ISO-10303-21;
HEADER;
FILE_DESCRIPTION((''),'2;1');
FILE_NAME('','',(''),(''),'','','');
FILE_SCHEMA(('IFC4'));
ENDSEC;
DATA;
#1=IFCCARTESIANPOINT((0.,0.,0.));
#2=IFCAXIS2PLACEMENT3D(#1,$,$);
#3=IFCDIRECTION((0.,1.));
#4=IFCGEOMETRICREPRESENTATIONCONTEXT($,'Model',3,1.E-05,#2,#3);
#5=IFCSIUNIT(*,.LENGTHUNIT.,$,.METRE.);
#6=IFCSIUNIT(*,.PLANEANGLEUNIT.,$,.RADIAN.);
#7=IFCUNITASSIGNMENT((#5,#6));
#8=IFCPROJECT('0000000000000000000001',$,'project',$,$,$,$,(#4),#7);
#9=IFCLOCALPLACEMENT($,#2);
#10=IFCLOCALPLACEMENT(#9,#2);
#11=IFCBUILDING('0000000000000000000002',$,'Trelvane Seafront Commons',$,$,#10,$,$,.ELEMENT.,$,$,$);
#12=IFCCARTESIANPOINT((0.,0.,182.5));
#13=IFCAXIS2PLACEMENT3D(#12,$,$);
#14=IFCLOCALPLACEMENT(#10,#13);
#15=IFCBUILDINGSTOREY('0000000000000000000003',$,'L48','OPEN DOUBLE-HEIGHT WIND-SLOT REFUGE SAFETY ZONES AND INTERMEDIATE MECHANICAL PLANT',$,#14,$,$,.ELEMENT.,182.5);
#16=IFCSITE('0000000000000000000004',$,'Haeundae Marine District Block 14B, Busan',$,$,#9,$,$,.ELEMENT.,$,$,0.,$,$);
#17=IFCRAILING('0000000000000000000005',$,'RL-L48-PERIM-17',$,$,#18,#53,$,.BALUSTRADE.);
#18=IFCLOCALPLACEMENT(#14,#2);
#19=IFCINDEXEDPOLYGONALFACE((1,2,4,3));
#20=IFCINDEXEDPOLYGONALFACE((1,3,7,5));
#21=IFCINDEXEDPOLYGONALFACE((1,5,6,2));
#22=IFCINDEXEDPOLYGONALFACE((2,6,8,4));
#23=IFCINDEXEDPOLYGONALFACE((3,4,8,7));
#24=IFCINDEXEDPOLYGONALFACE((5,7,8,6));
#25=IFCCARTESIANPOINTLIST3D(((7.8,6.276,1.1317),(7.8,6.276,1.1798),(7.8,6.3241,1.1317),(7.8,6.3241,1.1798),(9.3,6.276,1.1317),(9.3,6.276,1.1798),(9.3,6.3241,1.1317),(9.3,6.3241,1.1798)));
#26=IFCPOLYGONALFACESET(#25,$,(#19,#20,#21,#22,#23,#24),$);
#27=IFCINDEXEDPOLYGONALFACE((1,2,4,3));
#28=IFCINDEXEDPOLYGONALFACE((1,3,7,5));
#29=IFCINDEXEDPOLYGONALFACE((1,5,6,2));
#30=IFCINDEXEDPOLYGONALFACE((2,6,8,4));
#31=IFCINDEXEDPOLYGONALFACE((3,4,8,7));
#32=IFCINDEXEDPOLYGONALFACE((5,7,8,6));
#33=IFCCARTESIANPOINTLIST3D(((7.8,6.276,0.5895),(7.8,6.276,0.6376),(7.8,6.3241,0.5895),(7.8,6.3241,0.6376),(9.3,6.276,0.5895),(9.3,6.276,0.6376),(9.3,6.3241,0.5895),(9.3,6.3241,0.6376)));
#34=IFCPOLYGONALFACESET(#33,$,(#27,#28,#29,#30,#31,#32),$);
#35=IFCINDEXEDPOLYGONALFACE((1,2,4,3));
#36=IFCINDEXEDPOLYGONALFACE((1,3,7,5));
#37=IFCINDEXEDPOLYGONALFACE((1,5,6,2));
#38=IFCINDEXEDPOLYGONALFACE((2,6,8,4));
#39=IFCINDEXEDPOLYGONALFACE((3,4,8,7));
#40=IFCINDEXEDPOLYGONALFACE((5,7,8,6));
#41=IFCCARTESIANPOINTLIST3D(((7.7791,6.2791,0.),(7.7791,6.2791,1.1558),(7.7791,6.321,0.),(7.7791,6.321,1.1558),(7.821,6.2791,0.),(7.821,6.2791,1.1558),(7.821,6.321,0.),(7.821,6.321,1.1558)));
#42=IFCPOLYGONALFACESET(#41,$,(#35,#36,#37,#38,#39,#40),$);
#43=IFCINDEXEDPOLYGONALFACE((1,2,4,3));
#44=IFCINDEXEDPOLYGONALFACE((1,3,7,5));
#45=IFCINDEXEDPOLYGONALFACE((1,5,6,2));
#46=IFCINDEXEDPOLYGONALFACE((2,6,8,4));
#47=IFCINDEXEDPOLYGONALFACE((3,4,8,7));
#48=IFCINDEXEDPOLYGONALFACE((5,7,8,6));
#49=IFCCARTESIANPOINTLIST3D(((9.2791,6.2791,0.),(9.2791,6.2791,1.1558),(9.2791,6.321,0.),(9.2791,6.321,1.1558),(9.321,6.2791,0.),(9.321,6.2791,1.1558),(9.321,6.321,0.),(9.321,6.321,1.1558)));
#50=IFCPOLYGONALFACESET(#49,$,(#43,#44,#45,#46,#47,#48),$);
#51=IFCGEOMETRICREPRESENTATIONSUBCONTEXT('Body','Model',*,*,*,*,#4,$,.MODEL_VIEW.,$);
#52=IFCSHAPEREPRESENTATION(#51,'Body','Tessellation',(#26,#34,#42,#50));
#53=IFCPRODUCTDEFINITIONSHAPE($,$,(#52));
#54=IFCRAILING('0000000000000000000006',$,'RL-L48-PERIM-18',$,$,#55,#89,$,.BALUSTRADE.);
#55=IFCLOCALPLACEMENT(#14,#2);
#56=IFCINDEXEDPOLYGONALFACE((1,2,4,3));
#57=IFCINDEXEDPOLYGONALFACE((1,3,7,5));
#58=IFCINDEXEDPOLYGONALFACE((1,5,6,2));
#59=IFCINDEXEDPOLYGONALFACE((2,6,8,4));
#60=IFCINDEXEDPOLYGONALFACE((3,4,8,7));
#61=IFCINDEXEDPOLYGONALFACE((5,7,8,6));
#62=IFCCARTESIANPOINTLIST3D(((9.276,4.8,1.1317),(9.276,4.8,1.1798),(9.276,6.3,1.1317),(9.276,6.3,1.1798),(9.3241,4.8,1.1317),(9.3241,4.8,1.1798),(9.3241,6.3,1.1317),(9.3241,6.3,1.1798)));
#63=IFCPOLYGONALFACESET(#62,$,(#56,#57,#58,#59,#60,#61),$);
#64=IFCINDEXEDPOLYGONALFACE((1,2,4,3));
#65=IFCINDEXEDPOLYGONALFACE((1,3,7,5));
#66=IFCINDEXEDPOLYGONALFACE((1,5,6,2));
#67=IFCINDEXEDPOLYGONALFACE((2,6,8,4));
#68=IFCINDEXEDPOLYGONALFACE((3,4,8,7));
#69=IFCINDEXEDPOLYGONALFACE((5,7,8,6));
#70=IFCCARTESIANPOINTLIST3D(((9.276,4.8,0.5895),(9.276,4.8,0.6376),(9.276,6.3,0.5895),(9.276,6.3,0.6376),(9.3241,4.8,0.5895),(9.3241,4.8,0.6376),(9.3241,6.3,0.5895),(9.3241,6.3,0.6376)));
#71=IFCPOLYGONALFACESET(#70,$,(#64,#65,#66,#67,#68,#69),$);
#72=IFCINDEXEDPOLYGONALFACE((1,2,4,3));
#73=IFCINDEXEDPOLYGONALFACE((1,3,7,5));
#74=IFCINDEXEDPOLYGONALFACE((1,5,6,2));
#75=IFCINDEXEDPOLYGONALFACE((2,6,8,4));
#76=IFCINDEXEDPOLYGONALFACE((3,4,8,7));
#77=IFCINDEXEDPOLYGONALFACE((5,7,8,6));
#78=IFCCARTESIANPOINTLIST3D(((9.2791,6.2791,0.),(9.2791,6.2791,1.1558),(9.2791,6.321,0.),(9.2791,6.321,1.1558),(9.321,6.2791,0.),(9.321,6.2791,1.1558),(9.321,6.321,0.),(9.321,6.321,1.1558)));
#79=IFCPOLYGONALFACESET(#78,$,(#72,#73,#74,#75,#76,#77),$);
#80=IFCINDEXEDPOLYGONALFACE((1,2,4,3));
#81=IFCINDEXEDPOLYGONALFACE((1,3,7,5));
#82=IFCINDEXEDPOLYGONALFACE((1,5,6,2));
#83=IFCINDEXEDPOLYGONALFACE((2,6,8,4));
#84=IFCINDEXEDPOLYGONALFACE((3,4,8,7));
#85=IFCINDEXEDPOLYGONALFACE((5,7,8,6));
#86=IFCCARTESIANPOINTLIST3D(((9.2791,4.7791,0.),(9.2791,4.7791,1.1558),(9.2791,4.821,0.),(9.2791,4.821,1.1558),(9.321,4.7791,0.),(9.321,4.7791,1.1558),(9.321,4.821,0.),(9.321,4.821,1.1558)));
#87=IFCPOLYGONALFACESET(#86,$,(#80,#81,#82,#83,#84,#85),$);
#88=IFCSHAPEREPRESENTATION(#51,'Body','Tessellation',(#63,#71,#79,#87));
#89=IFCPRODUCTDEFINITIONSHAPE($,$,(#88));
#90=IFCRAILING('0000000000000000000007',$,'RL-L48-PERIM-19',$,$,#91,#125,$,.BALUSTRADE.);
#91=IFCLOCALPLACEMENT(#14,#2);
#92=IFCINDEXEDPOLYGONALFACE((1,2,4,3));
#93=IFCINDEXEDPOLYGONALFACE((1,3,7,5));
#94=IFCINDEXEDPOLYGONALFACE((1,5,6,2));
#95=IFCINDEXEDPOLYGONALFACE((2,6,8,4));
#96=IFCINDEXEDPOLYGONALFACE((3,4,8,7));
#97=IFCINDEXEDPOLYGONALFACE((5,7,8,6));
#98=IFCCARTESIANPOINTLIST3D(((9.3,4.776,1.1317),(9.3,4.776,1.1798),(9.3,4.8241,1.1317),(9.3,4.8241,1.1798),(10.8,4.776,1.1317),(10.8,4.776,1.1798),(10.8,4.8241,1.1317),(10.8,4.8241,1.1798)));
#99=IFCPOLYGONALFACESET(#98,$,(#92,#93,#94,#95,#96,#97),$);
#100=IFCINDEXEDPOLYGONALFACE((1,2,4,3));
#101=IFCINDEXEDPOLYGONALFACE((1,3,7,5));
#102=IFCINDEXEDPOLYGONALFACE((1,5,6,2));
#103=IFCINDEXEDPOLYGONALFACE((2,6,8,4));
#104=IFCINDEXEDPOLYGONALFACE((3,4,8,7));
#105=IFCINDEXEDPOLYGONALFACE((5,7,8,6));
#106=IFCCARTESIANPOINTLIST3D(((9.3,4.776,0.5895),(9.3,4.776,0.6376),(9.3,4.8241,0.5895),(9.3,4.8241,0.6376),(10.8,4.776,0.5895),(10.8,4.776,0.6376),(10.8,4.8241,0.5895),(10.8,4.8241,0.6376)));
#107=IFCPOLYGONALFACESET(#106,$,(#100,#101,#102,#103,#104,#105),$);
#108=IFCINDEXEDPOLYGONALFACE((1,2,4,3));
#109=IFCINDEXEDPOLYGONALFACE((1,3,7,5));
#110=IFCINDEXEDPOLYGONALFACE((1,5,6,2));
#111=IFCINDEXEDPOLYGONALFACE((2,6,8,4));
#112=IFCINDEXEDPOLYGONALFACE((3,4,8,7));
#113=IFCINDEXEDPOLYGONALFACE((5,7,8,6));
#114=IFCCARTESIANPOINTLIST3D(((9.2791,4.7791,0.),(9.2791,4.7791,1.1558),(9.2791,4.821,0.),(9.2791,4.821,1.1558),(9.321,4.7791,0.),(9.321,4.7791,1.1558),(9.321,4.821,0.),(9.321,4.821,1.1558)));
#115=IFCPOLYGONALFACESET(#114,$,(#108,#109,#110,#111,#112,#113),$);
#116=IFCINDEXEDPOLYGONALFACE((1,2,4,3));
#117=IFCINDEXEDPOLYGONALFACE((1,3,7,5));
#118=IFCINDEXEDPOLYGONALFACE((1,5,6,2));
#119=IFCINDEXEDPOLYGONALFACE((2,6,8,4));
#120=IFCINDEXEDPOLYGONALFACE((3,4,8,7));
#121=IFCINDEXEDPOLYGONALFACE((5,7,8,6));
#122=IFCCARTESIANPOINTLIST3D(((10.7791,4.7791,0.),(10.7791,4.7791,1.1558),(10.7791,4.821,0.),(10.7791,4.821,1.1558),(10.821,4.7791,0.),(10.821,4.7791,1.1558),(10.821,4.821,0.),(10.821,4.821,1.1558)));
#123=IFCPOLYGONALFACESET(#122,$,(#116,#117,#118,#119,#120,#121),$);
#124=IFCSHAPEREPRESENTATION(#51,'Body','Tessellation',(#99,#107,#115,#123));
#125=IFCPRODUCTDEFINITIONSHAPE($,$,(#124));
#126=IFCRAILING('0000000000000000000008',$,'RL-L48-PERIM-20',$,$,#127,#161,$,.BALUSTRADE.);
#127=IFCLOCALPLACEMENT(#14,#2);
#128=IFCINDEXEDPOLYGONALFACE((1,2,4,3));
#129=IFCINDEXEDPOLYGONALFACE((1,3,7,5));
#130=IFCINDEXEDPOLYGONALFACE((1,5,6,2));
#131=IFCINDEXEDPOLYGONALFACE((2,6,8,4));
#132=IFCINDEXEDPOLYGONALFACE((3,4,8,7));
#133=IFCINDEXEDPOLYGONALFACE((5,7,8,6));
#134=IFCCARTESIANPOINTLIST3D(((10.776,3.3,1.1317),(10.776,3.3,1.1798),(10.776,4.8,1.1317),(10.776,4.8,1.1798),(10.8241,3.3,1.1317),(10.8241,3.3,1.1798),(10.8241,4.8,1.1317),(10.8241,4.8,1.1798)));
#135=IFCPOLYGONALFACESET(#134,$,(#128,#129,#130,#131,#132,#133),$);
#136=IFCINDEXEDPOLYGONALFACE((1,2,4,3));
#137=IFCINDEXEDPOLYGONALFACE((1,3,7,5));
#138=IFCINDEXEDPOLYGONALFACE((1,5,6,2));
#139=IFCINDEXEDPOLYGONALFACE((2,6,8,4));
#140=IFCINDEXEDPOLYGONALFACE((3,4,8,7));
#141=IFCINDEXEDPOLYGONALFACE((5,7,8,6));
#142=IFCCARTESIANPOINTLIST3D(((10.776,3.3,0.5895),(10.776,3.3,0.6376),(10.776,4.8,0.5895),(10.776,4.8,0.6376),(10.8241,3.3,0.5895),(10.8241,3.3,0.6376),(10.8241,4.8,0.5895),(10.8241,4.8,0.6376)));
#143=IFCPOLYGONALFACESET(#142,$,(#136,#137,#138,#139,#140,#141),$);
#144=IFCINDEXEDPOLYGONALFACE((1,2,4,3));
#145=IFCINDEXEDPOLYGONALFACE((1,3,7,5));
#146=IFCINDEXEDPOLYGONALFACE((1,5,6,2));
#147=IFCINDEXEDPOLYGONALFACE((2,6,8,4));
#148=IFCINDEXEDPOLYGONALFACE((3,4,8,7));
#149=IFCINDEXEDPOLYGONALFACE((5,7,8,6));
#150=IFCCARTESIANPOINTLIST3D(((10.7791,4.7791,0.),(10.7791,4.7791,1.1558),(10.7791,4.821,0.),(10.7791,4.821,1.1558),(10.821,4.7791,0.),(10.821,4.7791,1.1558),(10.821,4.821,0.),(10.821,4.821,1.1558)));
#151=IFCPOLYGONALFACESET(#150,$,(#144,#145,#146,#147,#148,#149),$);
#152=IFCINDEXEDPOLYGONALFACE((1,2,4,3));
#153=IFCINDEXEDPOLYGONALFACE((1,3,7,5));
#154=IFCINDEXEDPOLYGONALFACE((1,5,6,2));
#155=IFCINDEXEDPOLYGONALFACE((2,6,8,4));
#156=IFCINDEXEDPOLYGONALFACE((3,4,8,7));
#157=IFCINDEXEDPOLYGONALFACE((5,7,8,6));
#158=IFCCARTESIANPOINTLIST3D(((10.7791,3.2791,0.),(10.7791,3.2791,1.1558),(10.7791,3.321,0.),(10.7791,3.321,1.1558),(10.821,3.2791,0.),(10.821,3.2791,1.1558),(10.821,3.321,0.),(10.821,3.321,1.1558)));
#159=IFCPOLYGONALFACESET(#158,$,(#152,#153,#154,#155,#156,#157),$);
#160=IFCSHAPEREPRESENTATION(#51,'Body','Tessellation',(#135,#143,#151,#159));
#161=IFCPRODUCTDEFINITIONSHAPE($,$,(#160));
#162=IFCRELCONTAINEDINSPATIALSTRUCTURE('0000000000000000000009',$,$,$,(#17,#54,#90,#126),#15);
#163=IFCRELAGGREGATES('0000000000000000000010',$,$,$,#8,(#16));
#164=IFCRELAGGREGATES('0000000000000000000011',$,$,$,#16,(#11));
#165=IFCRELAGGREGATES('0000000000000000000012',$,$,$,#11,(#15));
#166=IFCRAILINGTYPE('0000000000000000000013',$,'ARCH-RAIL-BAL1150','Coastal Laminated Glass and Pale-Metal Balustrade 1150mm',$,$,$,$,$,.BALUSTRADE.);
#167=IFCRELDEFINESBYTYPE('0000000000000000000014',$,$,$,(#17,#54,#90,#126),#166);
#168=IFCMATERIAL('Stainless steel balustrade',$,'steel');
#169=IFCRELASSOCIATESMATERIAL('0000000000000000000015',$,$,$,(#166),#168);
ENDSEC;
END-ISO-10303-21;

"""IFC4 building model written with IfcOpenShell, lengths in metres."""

from ifc_helpers import new_model, si_unit, direction, frame, origin, origin_2d, place, context, subcontext, project, spatial, rectangle, extrude, material, type_object, element, save


model = new_model("IFC4")

# Units and contexts
model_context = context("Model", 3, precision=1e-05, world=origin(), true_north=direction((0.0, 1.0)))
body_context = subcontext(model_context, "Body", "Model", "MODEL_VIEW")
ifc_project = project(units=[si_unit("LENGTHUNIT", "METRE"), si_unit("PLANEANGLEUNIT", "RADIAN")], contexts=[model_context])

# Site, building, storey
site_placement = place(None, origin())
site = spatial("IfcSite", under=ifc_project, at=site_placement, Name="Haeundae Marine District Block 14B, Busan", CompositionType="ELEMENT", RefElevation=0.0)
building_placement = place(site_placement, origin())
building = spatial("IfcBuilding", under=site, at=building_placement, Name="Trelvane Seafront Commons", CompositionType="ELEMENT")
storey_placement = place(building_placement, frame((0.0, 0.0, 182.5)))
storey = spatial("IfcBuildingStorey", under=building, at=storey_placement, Name="L48", Description="OPEN DOUBLE-HEIGHT WIND-SLOT REFUGE SAFETY ZONES AND INTERMEDIATE MECHANICAL PLANT", CompositionType="ELEMENT", Elevation=182.5)

# Railings
ifc_material_1 = material(Name="Stainless steel balustrade", Category="steel")
railing_type = type_object("IfcRailingType", Name="ARCH-RAIL-BAL1150", Description="Coastal Laminated Glass and Pale-Metal Balustrade 1150mm", PredefinedType="BALUSTRADE", material=ifc_material_1)
railing_1_placement = place(storey_placement, frame((7.8, 6.3, 0.0)))
element("IfcRailing", 1, at=railing_1_placement, inside=storey, type_object=railing_type, Name="RL-L48-PERIM-17", PredefinedType="BALUSTRADE", context=body_context, shape_type="SweptSolid", body=[
    extrude(rectangle(XDim=0.0481, YDim=0.0481, at=origin_2d()), frame((0.0, 0.0, 1.1558), z_axis=(1.0, 0.0, 0.0), x_axis=(0.0, 1.0, 0.0)), (0.0, 0.0, 1.0), 1.5),
    extrude(rectangle(XDim=0.0481, YDim=0.0481, at=origin_2d()), frame((0.0, 0.0, 0.6135), z_axis=(1.0, 0.0, 0.0), x_axis=(0.0, 1.0, 0.0)), (0.0, 0.0, 1.0), 1.5),
    extrude(rectangle(XDim=0.042, YDim=0.042, at=origin_2d()), origin(), (0.0, 0.0, 1.0), 1.1558),
    extrude(rectangle(XDim=0.042, YDim=0.042, at=origin_2d()), frame((1.5, 0.0, 0.0)), (0.0, 0.0, 1.0), 1.1558),
])
railing_2_placement = place(storey_placement, frame((9.3, 6.3, 0.0)))
element("IfcRailing", 2, at=railing_2_placement, inside=storey, type_object=railing_type, Name="RL-L48-PERIM-18", PredefinedType="BALUSTRADE", context=body_context, shape_type="SweptSolid", body=[
    extrude(rectangle(XDim=0.0481, YDim=0.0481, at=origin_2d()), frame((0.0, 0.0, 1.1558), z_axis=(0.0, -1.0, 0.0), x_axis=(1.0, 0.0, 0.0)), (0.0, 0.0, 1.0), 1.5),
    extrude(rectangle(XDim=0.0481, YDim=0.0481, at=origin_2d()), frame((0.0, 0.0, 0.6135), z_axis=(0.0, -1.0, 0.0), x_axis=(1.0, 0.0, 0.0)), (0.0, 0.0, 1.0), 1.5),
    extrude(rectangle(XDim=0.042, YDim=0.042, at=origin_2d()), origin(), (0.0, 0.0, 1.0), 1.1558),
    extrude(rectangle(XDim=0.042, YDim=0.042, at=origin_2d()), frame((0.0, -1.5, 0.0)), (0.0, 0.0, 1.0), 1.1558),
])
railing_3_placement = place(storey_placement, frame((9.3, 4.8, 0.0)))
element("IfcRailing", 3, at=railing_3_placement, inside=storey, type_object=railing_type, Name="RL-L48-PERIM-19", PredefinedType="BALUSTRADE", context=body_context, shape_type="SweptSolid", body=[
    extrude(rectangle(XDim=0.0481, YDim=0.0481, at=origin_2d()), frame((0.0, 0.0, 1.1558), z_axis=(1.0, 0.0, 0.0), x_axis=(0.0, 1.0, 0.0)), (0.0, 0.0, 1.0), 1.5),
    extrude(rectangle(XDim=0.0481, YDim=0.0481, at=origin_2d()), frame((0.0, 0.0, 0.6135), z_axis=(1.0, 0.0, 0.0), x_axis=(0.0, 1.0, 0.0)), (0.0, 0.0, 1.0), 1.5),
    extrude(rectangle(XDim=0.042, YDim=0.042, at=origin_2d()), origin(), (0.0, 0.0, 1.0), 1.1558),
    extrude(rectangle(XDim=0.042, YDim=0.042, at=origin_2d()), frame((1.5, 0.0, 0.0)), (0.0, 0.0, 1.0), 1.1558),
])
railing_4_placement = place(storey_placement, frame((10.8, 4.8, 0.0)))
element("IfcRailing", 4, at=railing_4_placement, inside=storey, type_object=railing_type, Name="RL-L48-PERIM-20", PredefinedType="BALUSTRADE", context=body_context, shape_type="SweptSolid", body=[
    extrude(rectangle(XDim=0.0481, YDim=0.0481, at=origin_2d()), frame((0.0, 0.0, 1.1558), z_axis=(0.0, -1.0, 0.0), x_axis=(1.0, 0.0, 0.0)), (0.0, 0.0, 1.0), 1.5),
    extrude(rectangle(XDim=0.0481, YDim=0.0481, at=origin_2d()), frame((0.0, 0.0, 0.6135), z_axis=(0.0, -1.0, 0.0), x_axis=(1.0, 0.0, 0.0)), (0.0, 0.0, 1.0), 1.5),
    extrude(rectangle(XDim=0.042, YDim=0.042, at=origin_2d()), origin(), (0.0, 0.0, 1.0), 1.1558),
    extrude(rectangle(XDim=0.042, YDim=0.042, at=origin_2d()), frame((0.0, -1.5, 0.0)), (0.0, 0.0, 1.0), 1.1558),
])

save(model, "model.ifc")
